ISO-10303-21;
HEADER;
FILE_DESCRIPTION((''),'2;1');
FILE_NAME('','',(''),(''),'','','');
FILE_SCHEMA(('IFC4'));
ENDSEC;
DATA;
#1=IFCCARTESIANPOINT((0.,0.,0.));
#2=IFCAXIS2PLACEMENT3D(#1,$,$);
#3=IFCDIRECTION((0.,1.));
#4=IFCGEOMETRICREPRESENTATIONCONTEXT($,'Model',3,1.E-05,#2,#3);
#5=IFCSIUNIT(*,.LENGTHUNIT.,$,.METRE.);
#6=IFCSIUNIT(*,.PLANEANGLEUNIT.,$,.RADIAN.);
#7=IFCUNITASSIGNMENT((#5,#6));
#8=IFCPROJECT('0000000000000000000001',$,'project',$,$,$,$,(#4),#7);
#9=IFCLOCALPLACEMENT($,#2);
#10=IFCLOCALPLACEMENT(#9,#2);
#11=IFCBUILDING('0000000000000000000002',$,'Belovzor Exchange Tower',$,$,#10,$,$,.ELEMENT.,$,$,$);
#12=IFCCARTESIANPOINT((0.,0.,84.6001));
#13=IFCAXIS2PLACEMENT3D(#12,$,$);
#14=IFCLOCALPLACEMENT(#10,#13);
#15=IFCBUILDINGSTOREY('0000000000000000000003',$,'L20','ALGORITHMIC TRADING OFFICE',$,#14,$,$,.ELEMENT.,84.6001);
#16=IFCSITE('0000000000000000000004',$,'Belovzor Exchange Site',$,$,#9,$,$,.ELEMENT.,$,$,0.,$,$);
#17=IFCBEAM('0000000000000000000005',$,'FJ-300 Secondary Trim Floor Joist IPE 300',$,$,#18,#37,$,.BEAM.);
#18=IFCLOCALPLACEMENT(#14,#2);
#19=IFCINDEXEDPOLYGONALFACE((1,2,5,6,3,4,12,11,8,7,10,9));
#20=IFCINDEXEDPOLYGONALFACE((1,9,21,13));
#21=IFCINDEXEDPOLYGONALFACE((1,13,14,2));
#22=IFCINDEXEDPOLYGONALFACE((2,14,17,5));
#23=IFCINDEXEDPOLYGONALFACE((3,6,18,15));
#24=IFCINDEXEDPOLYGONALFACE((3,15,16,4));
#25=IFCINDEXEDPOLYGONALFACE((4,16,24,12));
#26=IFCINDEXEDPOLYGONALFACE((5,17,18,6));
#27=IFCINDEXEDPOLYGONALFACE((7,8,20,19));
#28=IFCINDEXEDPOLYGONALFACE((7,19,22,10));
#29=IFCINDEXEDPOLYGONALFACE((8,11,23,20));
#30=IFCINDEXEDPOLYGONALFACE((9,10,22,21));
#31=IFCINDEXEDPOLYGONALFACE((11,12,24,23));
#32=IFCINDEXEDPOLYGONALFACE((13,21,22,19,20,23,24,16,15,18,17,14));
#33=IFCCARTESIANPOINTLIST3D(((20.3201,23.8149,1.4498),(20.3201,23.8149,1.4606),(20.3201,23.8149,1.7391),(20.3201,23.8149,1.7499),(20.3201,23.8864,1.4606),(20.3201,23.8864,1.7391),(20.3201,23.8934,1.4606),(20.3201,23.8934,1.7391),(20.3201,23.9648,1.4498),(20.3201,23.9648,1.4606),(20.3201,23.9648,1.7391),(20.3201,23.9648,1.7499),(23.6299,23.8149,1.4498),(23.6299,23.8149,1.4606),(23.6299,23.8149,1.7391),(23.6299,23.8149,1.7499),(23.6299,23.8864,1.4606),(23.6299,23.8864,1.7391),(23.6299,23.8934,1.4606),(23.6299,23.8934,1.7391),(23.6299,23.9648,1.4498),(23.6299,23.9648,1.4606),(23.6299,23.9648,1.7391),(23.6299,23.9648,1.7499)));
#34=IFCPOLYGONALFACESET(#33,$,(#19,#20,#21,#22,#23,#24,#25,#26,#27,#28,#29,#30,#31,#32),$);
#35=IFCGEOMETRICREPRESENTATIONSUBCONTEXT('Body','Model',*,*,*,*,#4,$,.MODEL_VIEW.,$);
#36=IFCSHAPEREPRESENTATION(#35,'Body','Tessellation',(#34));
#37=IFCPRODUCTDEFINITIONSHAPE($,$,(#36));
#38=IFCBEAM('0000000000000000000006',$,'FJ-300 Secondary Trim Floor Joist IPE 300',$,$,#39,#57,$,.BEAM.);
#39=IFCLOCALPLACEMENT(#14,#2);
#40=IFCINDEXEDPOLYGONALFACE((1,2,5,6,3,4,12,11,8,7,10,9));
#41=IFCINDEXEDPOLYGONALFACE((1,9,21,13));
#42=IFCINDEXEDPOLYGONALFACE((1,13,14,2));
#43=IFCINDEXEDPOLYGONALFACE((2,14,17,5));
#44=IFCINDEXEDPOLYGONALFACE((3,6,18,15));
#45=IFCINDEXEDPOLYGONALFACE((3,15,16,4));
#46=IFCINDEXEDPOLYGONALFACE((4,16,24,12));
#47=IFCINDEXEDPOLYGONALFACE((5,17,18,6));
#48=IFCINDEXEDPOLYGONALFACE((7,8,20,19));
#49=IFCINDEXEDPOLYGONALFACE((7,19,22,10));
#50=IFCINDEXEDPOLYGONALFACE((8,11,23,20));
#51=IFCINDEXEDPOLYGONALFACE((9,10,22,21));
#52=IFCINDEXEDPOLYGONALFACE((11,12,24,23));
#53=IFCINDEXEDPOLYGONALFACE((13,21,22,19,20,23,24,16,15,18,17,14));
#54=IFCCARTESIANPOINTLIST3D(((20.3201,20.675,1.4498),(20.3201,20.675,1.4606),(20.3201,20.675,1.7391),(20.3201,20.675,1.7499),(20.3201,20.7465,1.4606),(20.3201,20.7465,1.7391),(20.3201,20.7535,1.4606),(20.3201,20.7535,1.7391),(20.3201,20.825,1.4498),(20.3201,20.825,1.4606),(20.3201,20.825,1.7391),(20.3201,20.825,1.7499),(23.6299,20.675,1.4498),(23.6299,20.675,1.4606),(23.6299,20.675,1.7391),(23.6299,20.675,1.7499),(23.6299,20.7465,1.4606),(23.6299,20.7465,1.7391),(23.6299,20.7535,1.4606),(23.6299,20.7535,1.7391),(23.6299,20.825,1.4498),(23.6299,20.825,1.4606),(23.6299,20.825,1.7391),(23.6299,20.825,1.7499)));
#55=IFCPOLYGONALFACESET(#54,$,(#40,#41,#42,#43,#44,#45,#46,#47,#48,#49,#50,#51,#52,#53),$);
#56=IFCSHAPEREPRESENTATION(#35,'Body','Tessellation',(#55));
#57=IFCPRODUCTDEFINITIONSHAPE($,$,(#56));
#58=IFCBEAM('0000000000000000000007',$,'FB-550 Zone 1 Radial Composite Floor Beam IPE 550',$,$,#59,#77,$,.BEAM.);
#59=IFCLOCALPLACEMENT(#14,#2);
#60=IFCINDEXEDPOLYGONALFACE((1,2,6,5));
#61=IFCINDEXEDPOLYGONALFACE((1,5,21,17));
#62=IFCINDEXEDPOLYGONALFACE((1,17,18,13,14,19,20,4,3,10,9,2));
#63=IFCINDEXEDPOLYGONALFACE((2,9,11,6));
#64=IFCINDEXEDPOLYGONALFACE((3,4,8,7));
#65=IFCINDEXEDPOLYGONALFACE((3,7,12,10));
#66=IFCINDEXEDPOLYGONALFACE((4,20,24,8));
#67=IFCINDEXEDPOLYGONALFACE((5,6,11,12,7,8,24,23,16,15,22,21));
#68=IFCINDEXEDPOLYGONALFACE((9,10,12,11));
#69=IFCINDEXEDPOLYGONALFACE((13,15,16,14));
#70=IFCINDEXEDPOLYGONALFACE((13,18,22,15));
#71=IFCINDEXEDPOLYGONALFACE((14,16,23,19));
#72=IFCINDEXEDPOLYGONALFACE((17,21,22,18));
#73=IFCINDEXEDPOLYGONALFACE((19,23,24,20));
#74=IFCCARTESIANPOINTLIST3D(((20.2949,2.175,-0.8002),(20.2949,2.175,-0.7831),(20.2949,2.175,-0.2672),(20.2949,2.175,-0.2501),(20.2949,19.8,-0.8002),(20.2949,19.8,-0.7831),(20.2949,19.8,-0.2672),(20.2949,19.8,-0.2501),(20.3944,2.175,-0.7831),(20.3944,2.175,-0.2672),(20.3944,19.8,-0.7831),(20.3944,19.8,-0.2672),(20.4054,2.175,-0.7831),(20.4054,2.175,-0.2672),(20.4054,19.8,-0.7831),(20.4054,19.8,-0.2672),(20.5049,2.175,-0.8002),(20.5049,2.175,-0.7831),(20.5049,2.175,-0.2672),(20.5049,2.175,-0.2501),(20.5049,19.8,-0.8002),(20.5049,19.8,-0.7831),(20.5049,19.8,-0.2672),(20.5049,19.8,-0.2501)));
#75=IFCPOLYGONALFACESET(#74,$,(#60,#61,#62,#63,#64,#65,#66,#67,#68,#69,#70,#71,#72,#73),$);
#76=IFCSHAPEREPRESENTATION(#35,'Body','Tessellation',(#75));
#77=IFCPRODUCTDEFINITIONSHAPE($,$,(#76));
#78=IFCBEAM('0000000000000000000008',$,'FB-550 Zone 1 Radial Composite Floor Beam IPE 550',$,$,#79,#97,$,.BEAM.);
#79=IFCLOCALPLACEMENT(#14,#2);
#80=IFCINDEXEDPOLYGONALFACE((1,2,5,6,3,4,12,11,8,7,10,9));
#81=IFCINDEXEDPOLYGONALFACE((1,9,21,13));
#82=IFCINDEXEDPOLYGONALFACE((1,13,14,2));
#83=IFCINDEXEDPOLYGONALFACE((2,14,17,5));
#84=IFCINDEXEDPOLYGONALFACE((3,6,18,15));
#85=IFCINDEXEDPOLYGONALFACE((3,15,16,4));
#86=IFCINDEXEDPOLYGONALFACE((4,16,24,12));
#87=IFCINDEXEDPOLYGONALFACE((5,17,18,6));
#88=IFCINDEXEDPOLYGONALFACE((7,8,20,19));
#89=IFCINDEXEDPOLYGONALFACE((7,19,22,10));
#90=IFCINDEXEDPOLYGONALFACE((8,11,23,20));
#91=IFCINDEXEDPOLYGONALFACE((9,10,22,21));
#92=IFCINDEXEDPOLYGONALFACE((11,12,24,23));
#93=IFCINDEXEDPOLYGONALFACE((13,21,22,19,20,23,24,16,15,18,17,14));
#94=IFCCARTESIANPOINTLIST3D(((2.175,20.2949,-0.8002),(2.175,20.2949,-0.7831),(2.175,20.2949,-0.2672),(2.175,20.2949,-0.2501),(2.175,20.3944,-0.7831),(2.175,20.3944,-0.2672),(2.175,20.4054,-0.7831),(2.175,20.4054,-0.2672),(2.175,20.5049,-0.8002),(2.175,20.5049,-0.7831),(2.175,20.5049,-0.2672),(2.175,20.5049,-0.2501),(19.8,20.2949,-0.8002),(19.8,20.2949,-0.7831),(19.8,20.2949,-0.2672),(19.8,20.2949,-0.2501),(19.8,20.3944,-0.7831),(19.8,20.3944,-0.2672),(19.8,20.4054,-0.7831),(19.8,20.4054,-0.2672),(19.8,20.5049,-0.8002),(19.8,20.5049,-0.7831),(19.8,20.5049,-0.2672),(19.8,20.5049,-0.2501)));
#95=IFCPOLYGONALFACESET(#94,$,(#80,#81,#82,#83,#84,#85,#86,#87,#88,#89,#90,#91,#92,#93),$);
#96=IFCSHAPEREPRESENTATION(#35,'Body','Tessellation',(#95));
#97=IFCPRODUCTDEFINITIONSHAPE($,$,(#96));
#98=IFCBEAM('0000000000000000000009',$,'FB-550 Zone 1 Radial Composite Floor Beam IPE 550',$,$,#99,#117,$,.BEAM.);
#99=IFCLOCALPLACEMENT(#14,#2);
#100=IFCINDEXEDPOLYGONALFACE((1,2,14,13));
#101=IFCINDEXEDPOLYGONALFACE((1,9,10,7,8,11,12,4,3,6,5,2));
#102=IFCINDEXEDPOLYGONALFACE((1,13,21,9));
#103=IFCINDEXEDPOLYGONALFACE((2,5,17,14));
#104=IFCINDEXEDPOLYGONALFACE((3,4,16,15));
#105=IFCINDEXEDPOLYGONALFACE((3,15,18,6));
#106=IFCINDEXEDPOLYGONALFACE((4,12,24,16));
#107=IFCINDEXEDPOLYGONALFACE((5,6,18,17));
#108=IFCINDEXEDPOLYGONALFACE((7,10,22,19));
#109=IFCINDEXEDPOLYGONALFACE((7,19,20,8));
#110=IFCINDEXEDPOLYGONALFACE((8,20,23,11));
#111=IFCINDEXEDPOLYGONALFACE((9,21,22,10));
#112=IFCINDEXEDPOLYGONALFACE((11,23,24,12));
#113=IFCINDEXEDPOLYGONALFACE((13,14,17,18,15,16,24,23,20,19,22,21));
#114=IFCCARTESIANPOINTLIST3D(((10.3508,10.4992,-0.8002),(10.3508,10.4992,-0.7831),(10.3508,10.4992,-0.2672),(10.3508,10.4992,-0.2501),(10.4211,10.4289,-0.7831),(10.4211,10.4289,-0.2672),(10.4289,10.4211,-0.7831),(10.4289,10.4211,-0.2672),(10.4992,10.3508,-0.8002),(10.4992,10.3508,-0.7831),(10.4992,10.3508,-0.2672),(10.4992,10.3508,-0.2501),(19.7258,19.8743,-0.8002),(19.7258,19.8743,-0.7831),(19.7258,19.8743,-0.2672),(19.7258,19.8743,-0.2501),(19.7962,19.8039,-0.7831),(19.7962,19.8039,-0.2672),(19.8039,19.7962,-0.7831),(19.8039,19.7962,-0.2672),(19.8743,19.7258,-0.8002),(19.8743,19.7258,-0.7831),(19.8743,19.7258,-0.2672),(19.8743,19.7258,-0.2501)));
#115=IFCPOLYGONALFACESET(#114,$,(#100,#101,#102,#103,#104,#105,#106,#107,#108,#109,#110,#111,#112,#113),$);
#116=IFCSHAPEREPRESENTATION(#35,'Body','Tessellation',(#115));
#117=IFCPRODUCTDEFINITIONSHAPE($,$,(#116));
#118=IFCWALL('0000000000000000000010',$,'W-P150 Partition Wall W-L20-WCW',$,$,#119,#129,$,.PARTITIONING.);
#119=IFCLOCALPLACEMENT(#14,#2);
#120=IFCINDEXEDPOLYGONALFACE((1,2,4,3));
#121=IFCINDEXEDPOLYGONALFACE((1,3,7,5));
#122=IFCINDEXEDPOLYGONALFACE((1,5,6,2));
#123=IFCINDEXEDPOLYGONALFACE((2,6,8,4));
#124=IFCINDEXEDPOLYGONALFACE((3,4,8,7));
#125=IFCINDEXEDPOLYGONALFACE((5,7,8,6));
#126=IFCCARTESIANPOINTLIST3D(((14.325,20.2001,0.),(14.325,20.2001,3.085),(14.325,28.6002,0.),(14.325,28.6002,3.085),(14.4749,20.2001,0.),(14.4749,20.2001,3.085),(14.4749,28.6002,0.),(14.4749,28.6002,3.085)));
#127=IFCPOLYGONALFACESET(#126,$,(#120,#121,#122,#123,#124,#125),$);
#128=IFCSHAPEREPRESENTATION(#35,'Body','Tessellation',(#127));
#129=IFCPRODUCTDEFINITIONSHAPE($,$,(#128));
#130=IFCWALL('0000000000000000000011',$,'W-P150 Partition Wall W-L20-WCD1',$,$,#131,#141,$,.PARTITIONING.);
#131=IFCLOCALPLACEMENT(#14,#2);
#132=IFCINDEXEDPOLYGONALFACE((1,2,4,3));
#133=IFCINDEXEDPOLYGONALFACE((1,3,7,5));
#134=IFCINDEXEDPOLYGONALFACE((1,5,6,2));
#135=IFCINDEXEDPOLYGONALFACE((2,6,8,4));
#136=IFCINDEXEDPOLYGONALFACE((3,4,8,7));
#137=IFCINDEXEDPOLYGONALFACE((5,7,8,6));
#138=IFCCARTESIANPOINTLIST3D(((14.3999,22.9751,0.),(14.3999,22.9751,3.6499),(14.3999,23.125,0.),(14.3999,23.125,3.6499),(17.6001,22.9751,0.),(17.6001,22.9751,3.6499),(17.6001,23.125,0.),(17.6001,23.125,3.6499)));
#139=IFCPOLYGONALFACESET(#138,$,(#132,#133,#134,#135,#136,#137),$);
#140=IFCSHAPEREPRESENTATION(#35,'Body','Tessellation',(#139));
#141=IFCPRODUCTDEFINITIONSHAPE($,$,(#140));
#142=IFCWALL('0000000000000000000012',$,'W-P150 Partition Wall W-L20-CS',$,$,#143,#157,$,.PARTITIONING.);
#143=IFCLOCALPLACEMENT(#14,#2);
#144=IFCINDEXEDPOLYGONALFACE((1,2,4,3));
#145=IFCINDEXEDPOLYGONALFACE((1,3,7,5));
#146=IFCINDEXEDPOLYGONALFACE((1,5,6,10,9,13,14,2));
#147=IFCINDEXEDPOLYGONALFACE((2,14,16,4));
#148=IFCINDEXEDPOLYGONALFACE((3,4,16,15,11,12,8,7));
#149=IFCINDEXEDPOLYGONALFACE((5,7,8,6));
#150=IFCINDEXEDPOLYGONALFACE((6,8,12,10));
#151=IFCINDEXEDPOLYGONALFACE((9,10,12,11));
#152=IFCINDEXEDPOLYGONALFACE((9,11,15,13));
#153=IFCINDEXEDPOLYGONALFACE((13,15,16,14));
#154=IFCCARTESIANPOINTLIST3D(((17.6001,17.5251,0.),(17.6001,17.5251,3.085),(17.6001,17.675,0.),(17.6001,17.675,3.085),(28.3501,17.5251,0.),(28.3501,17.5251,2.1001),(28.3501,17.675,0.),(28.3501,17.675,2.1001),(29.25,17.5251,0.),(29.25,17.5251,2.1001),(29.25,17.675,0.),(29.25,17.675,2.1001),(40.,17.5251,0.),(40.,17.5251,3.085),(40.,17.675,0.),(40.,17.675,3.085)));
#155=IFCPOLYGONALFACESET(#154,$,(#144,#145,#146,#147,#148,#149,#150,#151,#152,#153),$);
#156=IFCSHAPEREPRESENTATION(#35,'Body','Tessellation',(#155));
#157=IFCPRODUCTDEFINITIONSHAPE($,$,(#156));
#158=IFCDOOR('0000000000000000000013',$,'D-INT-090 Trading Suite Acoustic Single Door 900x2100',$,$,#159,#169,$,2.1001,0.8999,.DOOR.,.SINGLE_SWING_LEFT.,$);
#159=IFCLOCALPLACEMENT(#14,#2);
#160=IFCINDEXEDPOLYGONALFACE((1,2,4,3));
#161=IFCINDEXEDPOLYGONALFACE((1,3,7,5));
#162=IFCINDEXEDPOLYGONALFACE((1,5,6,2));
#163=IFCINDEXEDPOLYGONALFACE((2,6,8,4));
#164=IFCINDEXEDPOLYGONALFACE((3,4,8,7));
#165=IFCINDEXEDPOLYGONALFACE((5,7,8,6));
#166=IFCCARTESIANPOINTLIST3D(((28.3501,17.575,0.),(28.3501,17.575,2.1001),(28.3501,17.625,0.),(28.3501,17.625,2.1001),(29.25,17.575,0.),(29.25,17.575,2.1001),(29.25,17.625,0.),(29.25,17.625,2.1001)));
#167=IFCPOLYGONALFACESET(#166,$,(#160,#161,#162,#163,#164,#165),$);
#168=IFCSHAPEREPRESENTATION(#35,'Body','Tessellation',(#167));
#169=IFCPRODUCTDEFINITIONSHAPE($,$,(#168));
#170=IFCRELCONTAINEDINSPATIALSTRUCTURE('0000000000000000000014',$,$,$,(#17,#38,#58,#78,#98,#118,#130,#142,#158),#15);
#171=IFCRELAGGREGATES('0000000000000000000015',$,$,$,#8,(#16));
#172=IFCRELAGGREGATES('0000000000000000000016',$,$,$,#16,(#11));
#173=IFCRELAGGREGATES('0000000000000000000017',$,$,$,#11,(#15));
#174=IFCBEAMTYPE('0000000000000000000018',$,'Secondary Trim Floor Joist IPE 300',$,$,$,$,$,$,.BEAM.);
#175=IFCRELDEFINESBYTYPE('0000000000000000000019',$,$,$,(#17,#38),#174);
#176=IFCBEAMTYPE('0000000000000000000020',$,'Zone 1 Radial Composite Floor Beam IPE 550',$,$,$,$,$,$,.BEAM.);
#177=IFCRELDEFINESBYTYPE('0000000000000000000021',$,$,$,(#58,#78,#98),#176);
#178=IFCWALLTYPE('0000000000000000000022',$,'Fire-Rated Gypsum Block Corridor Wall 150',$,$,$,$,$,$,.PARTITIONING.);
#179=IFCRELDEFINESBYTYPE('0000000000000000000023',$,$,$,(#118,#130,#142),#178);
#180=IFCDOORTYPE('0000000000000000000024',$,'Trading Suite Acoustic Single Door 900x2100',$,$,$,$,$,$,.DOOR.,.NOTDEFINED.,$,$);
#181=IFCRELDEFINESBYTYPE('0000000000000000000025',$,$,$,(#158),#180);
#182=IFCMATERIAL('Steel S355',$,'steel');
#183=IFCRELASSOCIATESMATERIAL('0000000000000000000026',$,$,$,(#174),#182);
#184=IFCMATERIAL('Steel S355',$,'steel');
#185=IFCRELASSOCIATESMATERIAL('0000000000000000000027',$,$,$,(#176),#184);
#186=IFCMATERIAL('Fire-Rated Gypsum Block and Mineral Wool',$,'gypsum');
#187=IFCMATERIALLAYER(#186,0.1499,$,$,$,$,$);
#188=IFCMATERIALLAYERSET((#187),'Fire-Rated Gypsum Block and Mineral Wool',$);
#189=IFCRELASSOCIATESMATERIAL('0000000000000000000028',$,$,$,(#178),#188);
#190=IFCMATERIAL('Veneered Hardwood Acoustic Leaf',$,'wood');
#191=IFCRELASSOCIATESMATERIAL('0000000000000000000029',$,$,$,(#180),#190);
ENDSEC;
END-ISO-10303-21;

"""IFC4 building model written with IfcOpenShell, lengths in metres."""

from ifc_helpers import new_model, si_unit, direction, frame, frame_2d, origin, origin_2d, place, context, subcontext, project, spatial, rectangle, i_section, extrude, material, layer, layer_set, material_profile, profile_set, type_object, element, fill, save


model = new_model("IFC4")

# Units and contexts
model_context = context("Model", 3, precision=1e-05, world=origin(), true_north=direction((0.0, 1.0)))
body_context = subcontext(model_context, "Body", "Model", "MODEL_VIEW")
ifc_project = project(units=[si_unit("LENGTHUNIT", "METRE"), si_unit("PLANEANGLEUNIT", "RADIAN")], contexts=[model_context])

# Site, building, storey
site_placement = place(None, origin())
site = spatial("IfcSite", under=ifc_project, at=site_placement, Name="Belovzor Exchange Site", CompositionType="ELEMENT", RefElevation=0.0)
building_placement = place(site_placement, origin())
building = spatial("IfcBuilding", under=site, at=building_placement, Name="Belovzor Exchange Tower", CompositionType="ELEMENT")
storey_placement = place(building_placement, frame((0.0, 0.0, 84.6001)))
storey = spatial("IfcBuildingStorey", under=building, at=storey_placement, Name="L20", Description="ALGORITHMIC TRADING OFFICE", CompositionType="ELEMENT", Elevation=84.6001)

# Beams
ifc_material_1 = material(Name="Steel S355", Category="steel")
ifc_material_profile_1 = material_profile(ifc_material_1, i_section(OverallWidth=0.1499, OverallDepth=0.3, WebThickness=0.0071, FlangeThickness=0.0107, at=origin_2d()))
ifc_profile_set_1 = profile_set([ifc_material_profile_1], Name="Steel S355")
beam_type_1 = type_object("IfcBeamType", Name="Secondary Trim Floor Joist IPE 300", PredefinedType="BEAM", material=ifc_profile_set_1)
for number, where, z_axis, x_axis, name in (
    (1, (20.3201, 23.8899, 1.5999), (1.0, 0.0, 0.0), (0.0, 1.0, 0.0), "FJ-300 Secondary Trim Floor Joist IPE 300"),
    (2, (20.3201, 20.75, 1.5999), (1.0, 0.0, 0.0), (0.0, 1.0, 0.0), "FJ-300 Secondary Trim Floor Joist IPE 300"),
):
    element("IfcBeam", number, at=place(storey_placement, frame(where, z_axis=z_axis, x_axis=x_axis)), inside=storey, type_object=beam_type_1, Name=name, PredefinedType="BEAM", context=body_context, shape_type="SweptSolid", body=[
        extrude(i_section(OverallWidth=0.1499, OverallDepth=0.3, WebThickness=0.0071, FlangeThickness=0.0107, at=origin_2d()), origin(), (0.0, 0.0, 1.0), 3.3098),
    ])
ifc_material_2 = material(Name="Steel S355", Category="steel")
ifc_material_profile_2 = material_profile(ifc_material_2, i_section(OverallWidth=0.21, OverallDepth=0.55, WebThickness=0.011, FlangeThickness=0.0171, at=origin_2d()))
ifc_profile_set_2 = profile_set([ifc_material_profile_2], Name="Steel S355")
beam_type_2 = type_object("IfcBeamType", Name="Zone 1 Radial Composite Floor Beam IPE 550", PredefinedType="BEAM", material=ifc_profile_set_2)
for number, where, z_axis, x_axis, name in (
    (3, (20.3999, 19.8, -0.5251), (0.0, -1.0, 0.0), (1.0, 0.0, 0.0), "FB-550 Zone 1 Radial Composite Floor Beam IPE 550"),
    (4, (19.8, 20.3999, -0.5251), (-1.0, 0.0, 0.0), (0.0, -1.0, 0.0), "FB-550 Zone 1 Radial Composite Floor Beam IPE 550"),
):
    element("IfcBeam", number, at=place(storey_placement, frame(where, z_axis=z_axis, x_axis=x_axis)), inside=storey, type_object=beam_type_2, Name=name, PredefinedType="BEAM", context=body_context, shape_type="SweptSolid", body=[
        extrude(i_section(OverallWidth=0.21, OverallDepth=0.55, WebThickness=0.011, FlangeThickness=0.0171, at=origin_2d()), origin(), (0.0, 0.0, 1.0), 17.625),
    ])
beam_placement = place(storey_placement, frame((19.8, 19.8, -0.5251), z_axis=(-0.707107, -0.707107, 0.0), x_axis=(0.707107, -0.707107, 0.0)))
element("IfcBeam", 5, at=beam_placement, inside=storey, type_object=beam_type_2, Name="FB-550 Zone 1 Radial Composite Floor Beam IPE 550", PredefinedType="BEAM", context=body_context, shape_type="SweptSolid", body=[
    extrude(i_section(OverallWidth=0.21, OverallDepth=0.55, WebThickness=0.011, FlangeThickness=0.0171, at=origin_2d()), origin(), (0.0, 0.0, 1.0), 13.2583),
])

# Walls
ifc_material_3 = material(Name="Fire-Rated Gypsum Block and Mineral Wool", Category="gypsum")
ifc_layer_1 = layer(ifc_material_3, 0.1499)
ifc_layer_set_1 = layer_set([ifc_layer_1], Name="Fire-Rated Gypsum Block and Mineral Wool")
wall_type_1 = type_object("IfcWallType", Name="Fire-Rated Gypsum Block Corridor Wall 150", PredefinedType="PARTITIONING", material=ifc_layer_set_1)
wall_1_placement = place(storey_placement, frame((14.3999, 20.2, 0.0), z_axis=(0.0, 0.0, 1.0), x_axis=(0.0, 1.0, 0.0)))
element("IfcWall", 6, at=wall_1_placement, inside=storey, type_object=wall_type_1, Name="W-P150 Partition Wall W-L20-WCW", PredefinedType="PARTITIONING", context=body_context, shape_type="SweptSolid", body=[
    extrude(rectangle(XDim=8.4001, YDim=0.1499, at=frame_2d((4.2002, 0.0))), origin(), (0.0, 0.0, 1.0), 3.085),
])
wall_2_placement = place(storey_placement, frame((14.3999, 23.05, 0.0), z_axis=(0.0, 0.0, 1.0), x_axis=(1.0, 0.0, 0.0)))
element("IfcWall", 7, at=wall_2_placement, inside=storey, type_object=wall_type_1, Name="W-P150 Partition Wall W-L20-WCD1", PredefinedType="PARTITIONING", context=body_context, shape_type="SweptSolid", body=[
    extrude(rectangle(XDim=3.2002, YDim=0.1499, at=frame_2d((1.6001, 0.0))), origin(), (0.0, 0.0, 1.0), 3.6499),
])

# Wall, opening, door
wall_3_placement = place(storey_placement, frame((17.6001, 17.6001, 0.0), z_axis=(0.0, 0.0, 1.0), x_axis=(1.0, 0.0, 0.0)))
wall_3 = element("IfcWall", 8, at=wall_3_placement, inside=storey, type_object=wall_type_1, Name="W-P150 Partition Wall W-L20-CS", PredefinedType="PARTITIONING", context=body_context, shape_type="SweptSolid", body=[
    extrude(rectangle(XDim=22.3999, YDim=0.1499, at=frame_2d((11.2, 0.0))), origin(), (0.0, 0.0, 1.0), 3.085),
])
opening_1_placement = place(wall_3_placement, frame((10.75, 0.0, 0.0)))
opening_1 = element("IfcOpeningElement", 9, at=opening_1_placement, cuts=wall_3, PredefinedType="OPENING", context=body_context, shape_type="SweptSolid", body=[
    extrude(rectangle(XDim=0.8999, YDim=2.1001, at=frame_2d((0.45, 1.05))), frame((0.0, 0.085, 0.0), z_axis=(0.0, -1.0, 0.0), x_axis=(1.0, 0.0, 0.0)), (0.0, 0.0, 1.0), 0.1699),
])
ifc_material_4 = material(Name="Veneered Hardwood Acoustic Leaf", Category="wood")
door_type_1 = type_object("IfcDoorType", Name="Trading Suite Acoustic Single Door 900x2100", OperationType="NOTDEFINED", PredefinedType="DOOR", material=ifc_material_4)
door_1_placement = place(opening_1_placement, origin())
door_1 = element("IfcDoor", 10, at=door_1_placement, inside=storey, type_object=door_type_1, Name="D-INT-090 Trading Suite Acoustic Single Door 900x2100", OperationType="SINGLE_SWING_LEFT", OverallHeight=2.1001, OverallWidth=0.8999, PredefinedType="DOOR", context=body_context, shape_type="SweptSolid", body=[
    extrude(rectangle(XDim=0.8999, YDim=2.1001, at=frame_2d((0.45, 1.05))), frame((0.0, 0.0249, 0.0), z_axis=(0.0, -1.0, 0.0), x_axis=(1.0, 0.0, 0.0)), (0.0, 0.0, 1.0), 0.05),
])
fill(opening_1, door_1)

save(model, "model.ifc")
